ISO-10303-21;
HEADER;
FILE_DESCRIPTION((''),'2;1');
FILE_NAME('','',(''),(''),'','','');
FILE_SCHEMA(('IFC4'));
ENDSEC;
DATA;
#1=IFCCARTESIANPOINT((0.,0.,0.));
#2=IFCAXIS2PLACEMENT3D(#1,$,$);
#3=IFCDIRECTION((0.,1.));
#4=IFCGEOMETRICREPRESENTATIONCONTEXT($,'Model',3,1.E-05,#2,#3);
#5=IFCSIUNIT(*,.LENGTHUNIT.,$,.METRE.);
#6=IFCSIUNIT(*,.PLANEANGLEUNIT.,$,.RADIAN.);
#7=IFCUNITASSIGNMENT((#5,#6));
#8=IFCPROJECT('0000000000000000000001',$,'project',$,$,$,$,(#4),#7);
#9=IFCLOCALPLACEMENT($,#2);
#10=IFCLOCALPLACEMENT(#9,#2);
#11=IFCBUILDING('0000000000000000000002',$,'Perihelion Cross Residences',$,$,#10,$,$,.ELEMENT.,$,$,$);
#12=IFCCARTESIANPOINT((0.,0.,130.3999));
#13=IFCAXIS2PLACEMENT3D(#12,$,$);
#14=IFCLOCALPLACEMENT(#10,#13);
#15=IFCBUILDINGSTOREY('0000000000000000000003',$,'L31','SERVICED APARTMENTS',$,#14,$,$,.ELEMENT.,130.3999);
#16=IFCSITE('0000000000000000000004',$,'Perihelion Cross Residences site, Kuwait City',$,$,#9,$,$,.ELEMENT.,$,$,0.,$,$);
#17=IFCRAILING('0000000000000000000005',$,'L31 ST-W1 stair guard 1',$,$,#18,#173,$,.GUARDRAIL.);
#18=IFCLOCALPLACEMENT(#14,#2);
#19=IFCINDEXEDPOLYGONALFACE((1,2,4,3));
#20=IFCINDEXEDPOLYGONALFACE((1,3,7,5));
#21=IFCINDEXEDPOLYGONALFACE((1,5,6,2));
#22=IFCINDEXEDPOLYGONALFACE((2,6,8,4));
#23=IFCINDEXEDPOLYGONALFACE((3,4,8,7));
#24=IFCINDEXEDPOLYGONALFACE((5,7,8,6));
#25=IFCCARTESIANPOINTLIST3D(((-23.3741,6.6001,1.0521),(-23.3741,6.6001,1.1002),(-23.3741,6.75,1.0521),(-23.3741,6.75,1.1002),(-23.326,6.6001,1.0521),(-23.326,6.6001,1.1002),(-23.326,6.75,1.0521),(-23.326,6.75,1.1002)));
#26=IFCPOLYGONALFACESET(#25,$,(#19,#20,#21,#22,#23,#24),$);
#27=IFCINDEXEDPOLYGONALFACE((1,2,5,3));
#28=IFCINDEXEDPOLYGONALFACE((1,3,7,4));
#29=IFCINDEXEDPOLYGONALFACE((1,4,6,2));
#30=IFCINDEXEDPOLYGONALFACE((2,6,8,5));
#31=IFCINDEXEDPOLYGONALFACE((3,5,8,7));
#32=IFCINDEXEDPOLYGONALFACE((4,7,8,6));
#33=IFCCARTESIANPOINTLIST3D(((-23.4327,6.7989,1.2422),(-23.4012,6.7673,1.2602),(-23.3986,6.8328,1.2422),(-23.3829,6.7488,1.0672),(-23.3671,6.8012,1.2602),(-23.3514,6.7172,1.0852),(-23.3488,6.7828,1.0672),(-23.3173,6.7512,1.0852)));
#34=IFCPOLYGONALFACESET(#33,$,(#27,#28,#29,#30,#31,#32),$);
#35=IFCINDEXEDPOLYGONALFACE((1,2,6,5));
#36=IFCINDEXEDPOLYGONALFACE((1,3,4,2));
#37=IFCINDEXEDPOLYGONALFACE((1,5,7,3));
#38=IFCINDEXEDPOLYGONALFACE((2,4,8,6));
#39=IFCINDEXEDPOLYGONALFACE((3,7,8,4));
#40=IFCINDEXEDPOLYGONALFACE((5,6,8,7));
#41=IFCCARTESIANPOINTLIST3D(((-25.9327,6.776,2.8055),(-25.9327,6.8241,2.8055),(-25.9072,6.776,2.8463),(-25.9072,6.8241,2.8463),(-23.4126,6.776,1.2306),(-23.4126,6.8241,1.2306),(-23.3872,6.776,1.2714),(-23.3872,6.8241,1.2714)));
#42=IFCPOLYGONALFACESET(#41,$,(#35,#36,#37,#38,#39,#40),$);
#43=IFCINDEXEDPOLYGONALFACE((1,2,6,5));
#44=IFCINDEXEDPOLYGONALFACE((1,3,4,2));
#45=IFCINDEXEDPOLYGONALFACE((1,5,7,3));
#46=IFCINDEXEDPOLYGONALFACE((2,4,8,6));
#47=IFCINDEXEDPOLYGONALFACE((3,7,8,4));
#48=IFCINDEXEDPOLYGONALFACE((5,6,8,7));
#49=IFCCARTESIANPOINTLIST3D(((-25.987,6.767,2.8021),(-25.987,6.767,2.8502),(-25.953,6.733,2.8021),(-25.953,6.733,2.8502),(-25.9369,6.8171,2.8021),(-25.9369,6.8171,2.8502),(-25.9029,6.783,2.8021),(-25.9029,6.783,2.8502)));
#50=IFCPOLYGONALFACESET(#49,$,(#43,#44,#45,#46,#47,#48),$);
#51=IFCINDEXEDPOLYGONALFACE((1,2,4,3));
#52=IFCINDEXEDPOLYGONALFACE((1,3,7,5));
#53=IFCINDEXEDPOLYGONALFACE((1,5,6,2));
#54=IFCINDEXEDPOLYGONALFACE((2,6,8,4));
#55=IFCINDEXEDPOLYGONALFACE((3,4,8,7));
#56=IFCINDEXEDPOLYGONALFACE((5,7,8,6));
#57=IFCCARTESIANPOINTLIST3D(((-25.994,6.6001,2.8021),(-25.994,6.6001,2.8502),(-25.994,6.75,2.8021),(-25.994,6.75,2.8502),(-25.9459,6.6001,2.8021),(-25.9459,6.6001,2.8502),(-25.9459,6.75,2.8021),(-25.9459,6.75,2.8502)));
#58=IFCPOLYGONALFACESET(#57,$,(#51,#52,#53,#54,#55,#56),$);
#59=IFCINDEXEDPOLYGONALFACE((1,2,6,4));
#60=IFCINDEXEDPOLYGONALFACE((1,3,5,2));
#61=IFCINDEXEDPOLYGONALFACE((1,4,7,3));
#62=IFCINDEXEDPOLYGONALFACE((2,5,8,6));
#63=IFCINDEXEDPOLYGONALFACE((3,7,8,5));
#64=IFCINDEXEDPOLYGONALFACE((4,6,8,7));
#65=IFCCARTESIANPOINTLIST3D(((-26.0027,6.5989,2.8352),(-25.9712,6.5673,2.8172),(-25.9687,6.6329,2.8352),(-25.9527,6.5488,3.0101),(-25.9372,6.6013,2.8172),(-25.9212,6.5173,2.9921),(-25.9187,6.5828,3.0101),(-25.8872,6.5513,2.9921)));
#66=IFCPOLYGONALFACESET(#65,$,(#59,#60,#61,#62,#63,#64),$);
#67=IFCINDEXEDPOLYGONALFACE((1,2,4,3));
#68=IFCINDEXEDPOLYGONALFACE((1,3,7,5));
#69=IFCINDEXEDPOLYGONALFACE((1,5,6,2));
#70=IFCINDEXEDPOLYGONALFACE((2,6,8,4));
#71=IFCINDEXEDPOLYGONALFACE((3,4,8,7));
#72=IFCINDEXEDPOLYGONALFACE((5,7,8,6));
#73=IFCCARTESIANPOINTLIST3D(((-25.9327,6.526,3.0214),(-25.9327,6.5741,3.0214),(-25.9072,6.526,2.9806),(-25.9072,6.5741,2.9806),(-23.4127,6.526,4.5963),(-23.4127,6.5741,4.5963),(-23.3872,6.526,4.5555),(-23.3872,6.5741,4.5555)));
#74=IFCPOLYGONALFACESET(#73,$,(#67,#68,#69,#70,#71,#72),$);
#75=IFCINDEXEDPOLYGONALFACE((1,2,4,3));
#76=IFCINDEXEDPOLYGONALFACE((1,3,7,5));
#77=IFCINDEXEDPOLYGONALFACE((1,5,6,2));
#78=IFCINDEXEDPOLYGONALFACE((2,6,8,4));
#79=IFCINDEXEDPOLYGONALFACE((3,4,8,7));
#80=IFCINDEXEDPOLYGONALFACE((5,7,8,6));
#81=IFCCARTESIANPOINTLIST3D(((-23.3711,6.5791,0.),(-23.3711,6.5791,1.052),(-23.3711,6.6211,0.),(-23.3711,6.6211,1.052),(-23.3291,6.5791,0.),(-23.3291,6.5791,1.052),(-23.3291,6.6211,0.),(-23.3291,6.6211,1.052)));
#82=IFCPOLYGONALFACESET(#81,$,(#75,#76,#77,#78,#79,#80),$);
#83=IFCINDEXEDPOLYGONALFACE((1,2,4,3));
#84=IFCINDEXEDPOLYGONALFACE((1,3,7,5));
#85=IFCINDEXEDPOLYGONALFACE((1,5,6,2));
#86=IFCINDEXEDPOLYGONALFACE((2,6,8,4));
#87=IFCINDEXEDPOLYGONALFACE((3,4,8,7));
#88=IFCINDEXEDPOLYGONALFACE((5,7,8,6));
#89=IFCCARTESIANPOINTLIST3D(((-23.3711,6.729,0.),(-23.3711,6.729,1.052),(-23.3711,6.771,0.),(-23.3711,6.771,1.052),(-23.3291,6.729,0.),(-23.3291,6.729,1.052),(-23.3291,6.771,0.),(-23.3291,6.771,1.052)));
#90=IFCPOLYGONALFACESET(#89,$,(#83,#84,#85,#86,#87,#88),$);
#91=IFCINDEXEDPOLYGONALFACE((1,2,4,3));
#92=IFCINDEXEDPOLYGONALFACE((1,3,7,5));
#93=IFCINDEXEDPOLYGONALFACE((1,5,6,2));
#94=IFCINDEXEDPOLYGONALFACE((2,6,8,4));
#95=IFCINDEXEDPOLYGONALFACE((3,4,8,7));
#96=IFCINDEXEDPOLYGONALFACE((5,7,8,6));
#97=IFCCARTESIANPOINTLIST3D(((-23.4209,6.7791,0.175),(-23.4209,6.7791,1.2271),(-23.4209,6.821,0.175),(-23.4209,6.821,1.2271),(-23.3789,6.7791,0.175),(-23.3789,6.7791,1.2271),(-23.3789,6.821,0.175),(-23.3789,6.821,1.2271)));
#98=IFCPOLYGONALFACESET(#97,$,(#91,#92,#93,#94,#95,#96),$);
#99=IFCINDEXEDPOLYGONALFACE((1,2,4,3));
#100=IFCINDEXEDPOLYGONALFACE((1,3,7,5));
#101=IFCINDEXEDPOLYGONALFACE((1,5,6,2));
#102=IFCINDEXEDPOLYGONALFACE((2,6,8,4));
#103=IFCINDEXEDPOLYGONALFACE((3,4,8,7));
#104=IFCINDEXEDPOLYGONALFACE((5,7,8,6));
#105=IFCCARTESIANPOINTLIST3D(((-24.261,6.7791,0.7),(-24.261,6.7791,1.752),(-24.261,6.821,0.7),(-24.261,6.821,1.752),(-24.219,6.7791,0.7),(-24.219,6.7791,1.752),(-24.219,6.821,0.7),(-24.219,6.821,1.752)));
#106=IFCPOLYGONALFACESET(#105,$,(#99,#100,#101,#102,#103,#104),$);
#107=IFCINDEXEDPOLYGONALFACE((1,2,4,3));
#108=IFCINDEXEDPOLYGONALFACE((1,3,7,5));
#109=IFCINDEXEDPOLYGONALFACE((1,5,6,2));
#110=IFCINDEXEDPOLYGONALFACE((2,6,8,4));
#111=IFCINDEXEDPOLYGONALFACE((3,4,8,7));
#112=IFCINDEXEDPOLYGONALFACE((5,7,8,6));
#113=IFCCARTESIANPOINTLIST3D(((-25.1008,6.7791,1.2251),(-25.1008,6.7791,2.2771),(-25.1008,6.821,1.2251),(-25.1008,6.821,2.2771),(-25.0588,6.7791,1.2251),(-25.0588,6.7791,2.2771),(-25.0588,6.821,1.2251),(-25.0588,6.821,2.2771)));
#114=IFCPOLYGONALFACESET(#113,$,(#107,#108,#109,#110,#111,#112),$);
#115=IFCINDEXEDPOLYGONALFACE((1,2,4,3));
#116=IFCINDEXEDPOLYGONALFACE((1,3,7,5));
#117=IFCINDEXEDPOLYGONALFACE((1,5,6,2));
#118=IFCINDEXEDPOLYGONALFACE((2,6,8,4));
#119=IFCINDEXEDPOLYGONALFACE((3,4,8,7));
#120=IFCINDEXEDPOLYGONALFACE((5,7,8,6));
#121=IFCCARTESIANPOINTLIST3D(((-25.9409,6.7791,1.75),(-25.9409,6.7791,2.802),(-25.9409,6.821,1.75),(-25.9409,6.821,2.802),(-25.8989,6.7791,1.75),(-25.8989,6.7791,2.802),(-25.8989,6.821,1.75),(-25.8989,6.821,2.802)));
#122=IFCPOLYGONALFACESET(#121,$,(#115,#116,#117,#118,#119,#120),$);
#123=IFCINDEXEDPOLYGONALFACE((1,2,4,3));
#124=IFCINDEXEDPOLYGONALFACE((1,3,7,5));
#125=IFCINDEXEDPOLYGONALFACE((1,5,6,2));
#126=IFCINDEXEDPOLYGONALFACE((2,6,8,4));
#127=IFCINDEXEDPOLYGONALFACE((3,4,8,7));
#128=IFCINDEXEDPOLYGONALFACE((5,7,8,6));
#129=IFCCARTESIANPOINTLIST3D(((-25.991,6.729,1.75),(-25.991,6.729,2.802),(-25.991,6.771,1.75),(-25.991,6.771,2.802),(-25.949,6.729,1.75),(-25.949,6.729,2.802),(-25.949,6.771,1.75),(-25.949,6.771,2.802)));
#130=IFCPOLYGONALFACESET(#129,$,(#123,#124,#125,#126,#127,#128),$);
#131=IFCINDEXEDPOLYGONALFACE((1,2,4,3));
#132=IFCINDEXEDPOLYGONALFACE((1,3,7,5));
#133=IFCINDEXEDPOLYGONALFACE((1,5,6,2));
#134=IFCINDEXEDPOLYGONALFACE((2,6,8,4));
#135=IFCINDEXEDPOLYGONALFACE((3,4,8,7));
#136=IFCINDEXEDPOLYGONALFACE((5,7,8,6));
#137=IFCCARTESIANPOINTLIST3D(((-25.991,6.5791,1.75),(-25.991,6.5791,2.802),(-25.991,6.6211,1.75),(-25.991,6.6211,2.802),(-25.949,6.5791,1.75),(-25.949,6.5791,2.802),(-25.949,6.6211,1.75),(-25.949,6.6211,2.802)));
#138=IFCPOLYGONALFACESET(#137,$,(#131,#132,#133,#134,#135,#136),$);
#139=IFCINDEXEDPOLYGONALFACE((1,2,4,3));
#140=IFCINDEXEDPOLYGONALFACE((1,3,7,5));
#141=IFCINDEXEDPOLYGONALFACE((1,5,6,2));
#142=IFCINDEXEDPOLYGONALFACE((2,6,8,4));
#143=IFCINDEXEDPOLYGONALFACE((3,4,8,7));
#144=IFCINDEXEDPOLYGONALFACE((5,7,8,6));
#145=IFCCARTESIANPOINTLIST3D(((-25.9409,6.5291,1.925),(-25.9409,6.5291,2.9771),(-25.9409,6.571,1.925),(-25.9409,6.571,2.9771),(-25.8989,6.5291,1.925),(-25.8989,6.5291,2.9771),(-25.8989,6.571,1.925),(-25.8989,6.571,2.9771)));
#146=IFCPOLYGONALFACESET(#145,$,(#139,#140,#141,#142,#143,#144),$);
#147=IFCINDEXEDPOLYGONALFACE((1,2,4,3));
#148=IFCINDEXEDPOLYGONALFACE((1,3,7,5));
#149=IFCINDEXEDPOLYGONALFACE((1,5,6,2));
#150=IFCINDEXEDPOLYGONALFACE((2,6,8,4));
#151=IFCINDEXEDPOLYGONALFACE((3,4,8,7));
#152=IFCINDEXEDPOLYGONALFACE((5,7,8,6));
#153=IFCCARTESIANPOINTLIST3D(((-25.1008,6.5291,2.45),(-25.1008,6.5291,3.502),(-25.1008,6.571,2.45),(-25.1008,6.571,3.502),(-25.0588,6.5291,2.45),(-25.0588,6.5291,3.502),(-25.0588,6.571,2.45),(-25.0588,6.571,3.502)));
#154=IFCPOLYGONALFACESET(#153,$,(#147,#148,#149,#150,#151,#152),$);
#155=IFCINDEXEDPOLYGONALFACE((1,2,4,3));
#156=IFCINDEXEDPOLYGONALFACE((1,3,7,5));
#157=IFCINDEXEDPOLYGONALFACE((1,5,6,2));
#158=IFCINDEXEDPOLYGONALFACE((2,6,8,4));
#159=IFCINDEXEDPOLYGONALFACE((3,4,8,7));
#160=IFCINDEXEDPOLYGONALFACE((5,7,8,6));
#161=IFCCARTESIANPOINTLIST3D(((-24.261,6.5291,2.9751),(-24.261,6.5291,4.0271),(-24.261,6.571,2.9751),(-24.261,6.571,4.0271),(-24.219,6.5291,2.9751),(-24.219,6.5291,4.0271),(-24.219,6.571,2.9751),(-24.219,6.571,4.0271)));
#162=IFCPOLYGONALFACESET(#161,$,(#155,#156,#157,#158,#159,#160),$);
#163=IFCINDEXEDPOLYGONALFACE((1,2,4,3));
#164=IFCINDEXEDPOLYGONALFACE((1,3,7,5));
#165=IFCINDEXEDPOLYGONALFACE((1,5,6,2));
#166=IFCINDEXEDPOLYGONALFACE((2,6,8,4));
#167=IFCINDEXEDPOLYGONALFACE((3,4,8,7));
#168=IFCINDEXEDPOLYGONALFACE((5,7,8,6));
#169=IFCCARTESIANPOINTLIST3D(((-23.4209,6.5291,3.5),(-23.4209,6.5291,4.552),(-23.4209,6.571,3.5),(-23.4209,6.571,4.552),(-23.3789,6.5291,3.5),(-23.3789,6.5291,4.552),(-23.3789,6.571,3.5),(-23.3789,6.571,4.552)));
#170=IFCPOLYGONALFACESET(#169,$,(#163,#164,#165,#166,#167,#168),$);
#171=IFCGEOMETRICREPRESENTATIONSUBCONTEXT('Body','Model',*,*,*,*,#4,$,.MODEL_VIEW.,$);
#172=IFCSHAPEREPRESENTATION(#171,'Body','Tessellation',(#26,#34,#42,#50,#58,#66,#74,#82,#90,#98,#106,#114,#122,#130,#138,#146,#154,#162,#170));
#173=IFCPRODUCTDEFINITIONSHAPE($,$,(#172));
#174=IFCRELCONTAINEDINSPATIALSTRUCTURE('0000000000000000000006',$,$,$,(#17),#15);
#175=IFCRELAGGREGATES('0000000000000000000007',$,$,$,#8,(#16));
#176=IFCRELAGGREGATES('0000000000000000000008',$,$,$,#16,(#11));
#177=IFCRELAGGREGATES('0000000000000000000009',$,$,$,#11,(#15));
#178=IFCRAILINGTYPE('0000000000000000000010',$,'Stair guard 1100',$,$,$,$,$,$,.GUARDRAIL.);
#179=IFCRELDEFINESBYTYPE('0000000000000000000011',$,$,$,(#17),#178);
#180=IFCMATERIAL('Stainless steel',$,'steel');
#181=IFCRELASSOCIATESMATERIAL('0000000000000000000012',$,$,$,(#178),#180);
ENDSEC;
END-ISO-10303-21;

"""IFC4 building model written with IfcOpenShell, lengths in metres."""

from ifc_helpers import new_model, si_unit, direction, frame, origin, origin_2d, place, context, subcontext, project, spatial, rectangle, extrude, material, type_object, element, save


model = new_model("IFC4")

# Units and contexts
model_context = context("Model", 3, precision=1e-05, world=origin(), true_north=direction((0.0, 1.0)))
body_context = subcontext(model_context, "Body", "Model", "MODEL_VIEW")
ifc_project = project(units=[si_unit("LENGTHUNIT", "METRE"), si_unit("PLANEANGLEUNIT", "RADIAN")], contexts=[model_context])

# Site, building, storey
site_placement = place(None, origin())
site = spatial("IfcSite", under=ifc_project, at=site_placement, Name="Perihelion Cross Residences site, Kuwait City", CompositionType="ELEMENT", RefElevation=0.0)
building_placement = place(site_placement, origin())
building = spatial("IfcBuilding", under=site, at=building_placement, Name="Perihelion Cross Residences", CompositionType="ELEMENT")
storey_placement = place(building_placement, frame((0.0, 0.0, 130.3999)))
storey = spatial("IfcBuildingStorey", under=building, at=storey_placement, Name="L31", Description="SERVICED APARTMENTS", CompositionType="ELEMENT", Elevation=130.3999)

# Railing
ifc_material_1 = material(Name="Stainless steel", Category="steel")
railing_type_1 = type_object("IfcRailingType", Name="Stair guard 1100", PredefinedType="GUARDRAIL", material=ifc_material_1)
railing_1_placement = place(storey_placement, frame((-23.3501, 6.6001, 0.0)))
element("IfcRailing", 1, at=railing_1_placement, inside=storey, type_object=railing_type_1, Name="L31 ST-W1 stair guard 1", PredefinedType="GUARDRAIL", context=body_context, shape_type="SweptSolid", body=[
    extrude(rectangle(XDim=0.0481, YDim=0.0481, at=origin_2d()), frame((0.0, 0.0, 1.0762), z_axis=(0.0, 1.0, 0.0), x_axis=(-1.0, 0.0, 0.0)), (0.0, 0.0, 1.0), 0.1499),
    extrude(rectangle(XDim=0.0481, YDim=0.0481, at=origin_2d()), frame((0.0, 0.1499, 1.0762), z_axis=(-0.263862, 0.265156, 0.927399), x_axis=(-0.708834, -0.705376, 0.0)), (0.0, 0.0, 1.0), 0.1887),
    extrude(rectangle(XDim=0.0481, YDim=0.0481, at=origin_2d()), frame((-0.0498, 0.2, 1.251), z_axis=(-0.848008, 0.0, 0.529984), x_axis=(0.0, -1.0, 0.0)), (0.0, 0.0, 1.0), 2.9717),
    extrude(rectangle(XDim=0.0481, YDim=0.0481, at=origin_2d()), frame((-2.5698, 0.2, 2.8262), z_axis=(-0.707107, -0.707107, 0.0), x_axis=(0.707107, -0.707107, 0.0)), (0.0, 0.0, 1.0), 0.0708),
    extrude(rectangle(XDim=0.0481, YDim=0.0481, at=origin_2d()), frame((-2.6199, 0.1499, 2.8262), z_axis=(0.0, -1.0, 0.0), x_axis=(1.0, 0.0, 0.0)), (0.0, 0.0, 1.0), 0.1499),
    extrude(rectangle(XDim=0.0481, YDim=0.0481, at=origin_2d()), frame((-2.6199, 0.0, 2.8262), z_axis=(0.265065, -0.265065, 0.927082), x_axis=(0.707107, 0.707107, 0.0)), (0.0, 0.0, 1.0), 0.1887),
    extrude(rectangle(XDim=0.0481, YDim=0.0481, at=origin_2d()), frame((-2.5698, -0.05, 3.001), z_axis=(0.848008, 0.0, 0.529984), x_axis=(0.0, 1.0, 0.0)), (0.0, 0.0, 1.0), 2.9717),
    extrude(rectangle(XDim=0.042, YDim=0.042, at=origin_2d()), origin(), (0.0, 0.0, 1.0), 1.052),
    extrude(rectangle(XDim=0.042, YDim=0.042, at=origin_2d()), frame((0.0, 0.1499, 0.0)), (0.0, 0.0, 1.0), 1.052),
    extrude(rectangle(XDim=0.042, YDim=0.042, at=origin_2d()), frame((-0.0498, 0.2, 0.175)), (0.0, 0.0, 1.0), 1.052),
    extrude(rectangle(XDim=0.042, YDim=0.042, at=origin_2d()), frame((-0.8899, 0.2, 0.7)), (0.0, 0.0, 1.0), 1.052),
    extrude(rectangle(XDim=0.042, YDim=0.042, at=origin_2d()), frame((-1.7297, 0.2, 1.2251)), (0.0, 0.0, 1.0), 1.052),
    extrude(rectangle(XDim=0.042, YDim=0.042, at=origin_2d()), frame((-2.5698, 0.2, 1.75)), (0.0, 0.0, 1.0), 1.052),
    extrude(rectangle(XDim=0.042, YDim=0.042, at=origin_2d()), frame((-2.6199, 0.1499, 1.75)), (0.0, 0.0, 1.0), 1.052),
    extrude(rectangle(XDim=0.042, YDim=0.042, at=origin_2d()), frame((-2.6199, 0.0, 1.75)), (0.0, 0.0, 1.0), 1.052),
    extrude(rectangle(XDim=0.042, YDim=0.042, at=origin_2d()), frame((-2.5698, -0.05, 1.925)), (0.0, 0.0, 1.0), 1.052),
    extrude(rectangle(XDim=0.042, YDim=0.042, at=origin_2d()), frame((-1.7297, -0.05, 2.45)), (0.0, 0.0, 1.0), 1.052),
    extrude(rectangle(XDim=0.042, YDim=0.042, at=origin_2d()), frame((-0.8899, -0.05, 2.9751)), (0.0, 0.0, 1.0), 1.052),
    extrude(rectangle(XDim=0.042, YDim=0.042, at=origin_2d()), frame((-0.0498, -0.05, 3.5)), (0.0, 0.0, 1.0), 1.052),
])

save(model, "model.ifc")
